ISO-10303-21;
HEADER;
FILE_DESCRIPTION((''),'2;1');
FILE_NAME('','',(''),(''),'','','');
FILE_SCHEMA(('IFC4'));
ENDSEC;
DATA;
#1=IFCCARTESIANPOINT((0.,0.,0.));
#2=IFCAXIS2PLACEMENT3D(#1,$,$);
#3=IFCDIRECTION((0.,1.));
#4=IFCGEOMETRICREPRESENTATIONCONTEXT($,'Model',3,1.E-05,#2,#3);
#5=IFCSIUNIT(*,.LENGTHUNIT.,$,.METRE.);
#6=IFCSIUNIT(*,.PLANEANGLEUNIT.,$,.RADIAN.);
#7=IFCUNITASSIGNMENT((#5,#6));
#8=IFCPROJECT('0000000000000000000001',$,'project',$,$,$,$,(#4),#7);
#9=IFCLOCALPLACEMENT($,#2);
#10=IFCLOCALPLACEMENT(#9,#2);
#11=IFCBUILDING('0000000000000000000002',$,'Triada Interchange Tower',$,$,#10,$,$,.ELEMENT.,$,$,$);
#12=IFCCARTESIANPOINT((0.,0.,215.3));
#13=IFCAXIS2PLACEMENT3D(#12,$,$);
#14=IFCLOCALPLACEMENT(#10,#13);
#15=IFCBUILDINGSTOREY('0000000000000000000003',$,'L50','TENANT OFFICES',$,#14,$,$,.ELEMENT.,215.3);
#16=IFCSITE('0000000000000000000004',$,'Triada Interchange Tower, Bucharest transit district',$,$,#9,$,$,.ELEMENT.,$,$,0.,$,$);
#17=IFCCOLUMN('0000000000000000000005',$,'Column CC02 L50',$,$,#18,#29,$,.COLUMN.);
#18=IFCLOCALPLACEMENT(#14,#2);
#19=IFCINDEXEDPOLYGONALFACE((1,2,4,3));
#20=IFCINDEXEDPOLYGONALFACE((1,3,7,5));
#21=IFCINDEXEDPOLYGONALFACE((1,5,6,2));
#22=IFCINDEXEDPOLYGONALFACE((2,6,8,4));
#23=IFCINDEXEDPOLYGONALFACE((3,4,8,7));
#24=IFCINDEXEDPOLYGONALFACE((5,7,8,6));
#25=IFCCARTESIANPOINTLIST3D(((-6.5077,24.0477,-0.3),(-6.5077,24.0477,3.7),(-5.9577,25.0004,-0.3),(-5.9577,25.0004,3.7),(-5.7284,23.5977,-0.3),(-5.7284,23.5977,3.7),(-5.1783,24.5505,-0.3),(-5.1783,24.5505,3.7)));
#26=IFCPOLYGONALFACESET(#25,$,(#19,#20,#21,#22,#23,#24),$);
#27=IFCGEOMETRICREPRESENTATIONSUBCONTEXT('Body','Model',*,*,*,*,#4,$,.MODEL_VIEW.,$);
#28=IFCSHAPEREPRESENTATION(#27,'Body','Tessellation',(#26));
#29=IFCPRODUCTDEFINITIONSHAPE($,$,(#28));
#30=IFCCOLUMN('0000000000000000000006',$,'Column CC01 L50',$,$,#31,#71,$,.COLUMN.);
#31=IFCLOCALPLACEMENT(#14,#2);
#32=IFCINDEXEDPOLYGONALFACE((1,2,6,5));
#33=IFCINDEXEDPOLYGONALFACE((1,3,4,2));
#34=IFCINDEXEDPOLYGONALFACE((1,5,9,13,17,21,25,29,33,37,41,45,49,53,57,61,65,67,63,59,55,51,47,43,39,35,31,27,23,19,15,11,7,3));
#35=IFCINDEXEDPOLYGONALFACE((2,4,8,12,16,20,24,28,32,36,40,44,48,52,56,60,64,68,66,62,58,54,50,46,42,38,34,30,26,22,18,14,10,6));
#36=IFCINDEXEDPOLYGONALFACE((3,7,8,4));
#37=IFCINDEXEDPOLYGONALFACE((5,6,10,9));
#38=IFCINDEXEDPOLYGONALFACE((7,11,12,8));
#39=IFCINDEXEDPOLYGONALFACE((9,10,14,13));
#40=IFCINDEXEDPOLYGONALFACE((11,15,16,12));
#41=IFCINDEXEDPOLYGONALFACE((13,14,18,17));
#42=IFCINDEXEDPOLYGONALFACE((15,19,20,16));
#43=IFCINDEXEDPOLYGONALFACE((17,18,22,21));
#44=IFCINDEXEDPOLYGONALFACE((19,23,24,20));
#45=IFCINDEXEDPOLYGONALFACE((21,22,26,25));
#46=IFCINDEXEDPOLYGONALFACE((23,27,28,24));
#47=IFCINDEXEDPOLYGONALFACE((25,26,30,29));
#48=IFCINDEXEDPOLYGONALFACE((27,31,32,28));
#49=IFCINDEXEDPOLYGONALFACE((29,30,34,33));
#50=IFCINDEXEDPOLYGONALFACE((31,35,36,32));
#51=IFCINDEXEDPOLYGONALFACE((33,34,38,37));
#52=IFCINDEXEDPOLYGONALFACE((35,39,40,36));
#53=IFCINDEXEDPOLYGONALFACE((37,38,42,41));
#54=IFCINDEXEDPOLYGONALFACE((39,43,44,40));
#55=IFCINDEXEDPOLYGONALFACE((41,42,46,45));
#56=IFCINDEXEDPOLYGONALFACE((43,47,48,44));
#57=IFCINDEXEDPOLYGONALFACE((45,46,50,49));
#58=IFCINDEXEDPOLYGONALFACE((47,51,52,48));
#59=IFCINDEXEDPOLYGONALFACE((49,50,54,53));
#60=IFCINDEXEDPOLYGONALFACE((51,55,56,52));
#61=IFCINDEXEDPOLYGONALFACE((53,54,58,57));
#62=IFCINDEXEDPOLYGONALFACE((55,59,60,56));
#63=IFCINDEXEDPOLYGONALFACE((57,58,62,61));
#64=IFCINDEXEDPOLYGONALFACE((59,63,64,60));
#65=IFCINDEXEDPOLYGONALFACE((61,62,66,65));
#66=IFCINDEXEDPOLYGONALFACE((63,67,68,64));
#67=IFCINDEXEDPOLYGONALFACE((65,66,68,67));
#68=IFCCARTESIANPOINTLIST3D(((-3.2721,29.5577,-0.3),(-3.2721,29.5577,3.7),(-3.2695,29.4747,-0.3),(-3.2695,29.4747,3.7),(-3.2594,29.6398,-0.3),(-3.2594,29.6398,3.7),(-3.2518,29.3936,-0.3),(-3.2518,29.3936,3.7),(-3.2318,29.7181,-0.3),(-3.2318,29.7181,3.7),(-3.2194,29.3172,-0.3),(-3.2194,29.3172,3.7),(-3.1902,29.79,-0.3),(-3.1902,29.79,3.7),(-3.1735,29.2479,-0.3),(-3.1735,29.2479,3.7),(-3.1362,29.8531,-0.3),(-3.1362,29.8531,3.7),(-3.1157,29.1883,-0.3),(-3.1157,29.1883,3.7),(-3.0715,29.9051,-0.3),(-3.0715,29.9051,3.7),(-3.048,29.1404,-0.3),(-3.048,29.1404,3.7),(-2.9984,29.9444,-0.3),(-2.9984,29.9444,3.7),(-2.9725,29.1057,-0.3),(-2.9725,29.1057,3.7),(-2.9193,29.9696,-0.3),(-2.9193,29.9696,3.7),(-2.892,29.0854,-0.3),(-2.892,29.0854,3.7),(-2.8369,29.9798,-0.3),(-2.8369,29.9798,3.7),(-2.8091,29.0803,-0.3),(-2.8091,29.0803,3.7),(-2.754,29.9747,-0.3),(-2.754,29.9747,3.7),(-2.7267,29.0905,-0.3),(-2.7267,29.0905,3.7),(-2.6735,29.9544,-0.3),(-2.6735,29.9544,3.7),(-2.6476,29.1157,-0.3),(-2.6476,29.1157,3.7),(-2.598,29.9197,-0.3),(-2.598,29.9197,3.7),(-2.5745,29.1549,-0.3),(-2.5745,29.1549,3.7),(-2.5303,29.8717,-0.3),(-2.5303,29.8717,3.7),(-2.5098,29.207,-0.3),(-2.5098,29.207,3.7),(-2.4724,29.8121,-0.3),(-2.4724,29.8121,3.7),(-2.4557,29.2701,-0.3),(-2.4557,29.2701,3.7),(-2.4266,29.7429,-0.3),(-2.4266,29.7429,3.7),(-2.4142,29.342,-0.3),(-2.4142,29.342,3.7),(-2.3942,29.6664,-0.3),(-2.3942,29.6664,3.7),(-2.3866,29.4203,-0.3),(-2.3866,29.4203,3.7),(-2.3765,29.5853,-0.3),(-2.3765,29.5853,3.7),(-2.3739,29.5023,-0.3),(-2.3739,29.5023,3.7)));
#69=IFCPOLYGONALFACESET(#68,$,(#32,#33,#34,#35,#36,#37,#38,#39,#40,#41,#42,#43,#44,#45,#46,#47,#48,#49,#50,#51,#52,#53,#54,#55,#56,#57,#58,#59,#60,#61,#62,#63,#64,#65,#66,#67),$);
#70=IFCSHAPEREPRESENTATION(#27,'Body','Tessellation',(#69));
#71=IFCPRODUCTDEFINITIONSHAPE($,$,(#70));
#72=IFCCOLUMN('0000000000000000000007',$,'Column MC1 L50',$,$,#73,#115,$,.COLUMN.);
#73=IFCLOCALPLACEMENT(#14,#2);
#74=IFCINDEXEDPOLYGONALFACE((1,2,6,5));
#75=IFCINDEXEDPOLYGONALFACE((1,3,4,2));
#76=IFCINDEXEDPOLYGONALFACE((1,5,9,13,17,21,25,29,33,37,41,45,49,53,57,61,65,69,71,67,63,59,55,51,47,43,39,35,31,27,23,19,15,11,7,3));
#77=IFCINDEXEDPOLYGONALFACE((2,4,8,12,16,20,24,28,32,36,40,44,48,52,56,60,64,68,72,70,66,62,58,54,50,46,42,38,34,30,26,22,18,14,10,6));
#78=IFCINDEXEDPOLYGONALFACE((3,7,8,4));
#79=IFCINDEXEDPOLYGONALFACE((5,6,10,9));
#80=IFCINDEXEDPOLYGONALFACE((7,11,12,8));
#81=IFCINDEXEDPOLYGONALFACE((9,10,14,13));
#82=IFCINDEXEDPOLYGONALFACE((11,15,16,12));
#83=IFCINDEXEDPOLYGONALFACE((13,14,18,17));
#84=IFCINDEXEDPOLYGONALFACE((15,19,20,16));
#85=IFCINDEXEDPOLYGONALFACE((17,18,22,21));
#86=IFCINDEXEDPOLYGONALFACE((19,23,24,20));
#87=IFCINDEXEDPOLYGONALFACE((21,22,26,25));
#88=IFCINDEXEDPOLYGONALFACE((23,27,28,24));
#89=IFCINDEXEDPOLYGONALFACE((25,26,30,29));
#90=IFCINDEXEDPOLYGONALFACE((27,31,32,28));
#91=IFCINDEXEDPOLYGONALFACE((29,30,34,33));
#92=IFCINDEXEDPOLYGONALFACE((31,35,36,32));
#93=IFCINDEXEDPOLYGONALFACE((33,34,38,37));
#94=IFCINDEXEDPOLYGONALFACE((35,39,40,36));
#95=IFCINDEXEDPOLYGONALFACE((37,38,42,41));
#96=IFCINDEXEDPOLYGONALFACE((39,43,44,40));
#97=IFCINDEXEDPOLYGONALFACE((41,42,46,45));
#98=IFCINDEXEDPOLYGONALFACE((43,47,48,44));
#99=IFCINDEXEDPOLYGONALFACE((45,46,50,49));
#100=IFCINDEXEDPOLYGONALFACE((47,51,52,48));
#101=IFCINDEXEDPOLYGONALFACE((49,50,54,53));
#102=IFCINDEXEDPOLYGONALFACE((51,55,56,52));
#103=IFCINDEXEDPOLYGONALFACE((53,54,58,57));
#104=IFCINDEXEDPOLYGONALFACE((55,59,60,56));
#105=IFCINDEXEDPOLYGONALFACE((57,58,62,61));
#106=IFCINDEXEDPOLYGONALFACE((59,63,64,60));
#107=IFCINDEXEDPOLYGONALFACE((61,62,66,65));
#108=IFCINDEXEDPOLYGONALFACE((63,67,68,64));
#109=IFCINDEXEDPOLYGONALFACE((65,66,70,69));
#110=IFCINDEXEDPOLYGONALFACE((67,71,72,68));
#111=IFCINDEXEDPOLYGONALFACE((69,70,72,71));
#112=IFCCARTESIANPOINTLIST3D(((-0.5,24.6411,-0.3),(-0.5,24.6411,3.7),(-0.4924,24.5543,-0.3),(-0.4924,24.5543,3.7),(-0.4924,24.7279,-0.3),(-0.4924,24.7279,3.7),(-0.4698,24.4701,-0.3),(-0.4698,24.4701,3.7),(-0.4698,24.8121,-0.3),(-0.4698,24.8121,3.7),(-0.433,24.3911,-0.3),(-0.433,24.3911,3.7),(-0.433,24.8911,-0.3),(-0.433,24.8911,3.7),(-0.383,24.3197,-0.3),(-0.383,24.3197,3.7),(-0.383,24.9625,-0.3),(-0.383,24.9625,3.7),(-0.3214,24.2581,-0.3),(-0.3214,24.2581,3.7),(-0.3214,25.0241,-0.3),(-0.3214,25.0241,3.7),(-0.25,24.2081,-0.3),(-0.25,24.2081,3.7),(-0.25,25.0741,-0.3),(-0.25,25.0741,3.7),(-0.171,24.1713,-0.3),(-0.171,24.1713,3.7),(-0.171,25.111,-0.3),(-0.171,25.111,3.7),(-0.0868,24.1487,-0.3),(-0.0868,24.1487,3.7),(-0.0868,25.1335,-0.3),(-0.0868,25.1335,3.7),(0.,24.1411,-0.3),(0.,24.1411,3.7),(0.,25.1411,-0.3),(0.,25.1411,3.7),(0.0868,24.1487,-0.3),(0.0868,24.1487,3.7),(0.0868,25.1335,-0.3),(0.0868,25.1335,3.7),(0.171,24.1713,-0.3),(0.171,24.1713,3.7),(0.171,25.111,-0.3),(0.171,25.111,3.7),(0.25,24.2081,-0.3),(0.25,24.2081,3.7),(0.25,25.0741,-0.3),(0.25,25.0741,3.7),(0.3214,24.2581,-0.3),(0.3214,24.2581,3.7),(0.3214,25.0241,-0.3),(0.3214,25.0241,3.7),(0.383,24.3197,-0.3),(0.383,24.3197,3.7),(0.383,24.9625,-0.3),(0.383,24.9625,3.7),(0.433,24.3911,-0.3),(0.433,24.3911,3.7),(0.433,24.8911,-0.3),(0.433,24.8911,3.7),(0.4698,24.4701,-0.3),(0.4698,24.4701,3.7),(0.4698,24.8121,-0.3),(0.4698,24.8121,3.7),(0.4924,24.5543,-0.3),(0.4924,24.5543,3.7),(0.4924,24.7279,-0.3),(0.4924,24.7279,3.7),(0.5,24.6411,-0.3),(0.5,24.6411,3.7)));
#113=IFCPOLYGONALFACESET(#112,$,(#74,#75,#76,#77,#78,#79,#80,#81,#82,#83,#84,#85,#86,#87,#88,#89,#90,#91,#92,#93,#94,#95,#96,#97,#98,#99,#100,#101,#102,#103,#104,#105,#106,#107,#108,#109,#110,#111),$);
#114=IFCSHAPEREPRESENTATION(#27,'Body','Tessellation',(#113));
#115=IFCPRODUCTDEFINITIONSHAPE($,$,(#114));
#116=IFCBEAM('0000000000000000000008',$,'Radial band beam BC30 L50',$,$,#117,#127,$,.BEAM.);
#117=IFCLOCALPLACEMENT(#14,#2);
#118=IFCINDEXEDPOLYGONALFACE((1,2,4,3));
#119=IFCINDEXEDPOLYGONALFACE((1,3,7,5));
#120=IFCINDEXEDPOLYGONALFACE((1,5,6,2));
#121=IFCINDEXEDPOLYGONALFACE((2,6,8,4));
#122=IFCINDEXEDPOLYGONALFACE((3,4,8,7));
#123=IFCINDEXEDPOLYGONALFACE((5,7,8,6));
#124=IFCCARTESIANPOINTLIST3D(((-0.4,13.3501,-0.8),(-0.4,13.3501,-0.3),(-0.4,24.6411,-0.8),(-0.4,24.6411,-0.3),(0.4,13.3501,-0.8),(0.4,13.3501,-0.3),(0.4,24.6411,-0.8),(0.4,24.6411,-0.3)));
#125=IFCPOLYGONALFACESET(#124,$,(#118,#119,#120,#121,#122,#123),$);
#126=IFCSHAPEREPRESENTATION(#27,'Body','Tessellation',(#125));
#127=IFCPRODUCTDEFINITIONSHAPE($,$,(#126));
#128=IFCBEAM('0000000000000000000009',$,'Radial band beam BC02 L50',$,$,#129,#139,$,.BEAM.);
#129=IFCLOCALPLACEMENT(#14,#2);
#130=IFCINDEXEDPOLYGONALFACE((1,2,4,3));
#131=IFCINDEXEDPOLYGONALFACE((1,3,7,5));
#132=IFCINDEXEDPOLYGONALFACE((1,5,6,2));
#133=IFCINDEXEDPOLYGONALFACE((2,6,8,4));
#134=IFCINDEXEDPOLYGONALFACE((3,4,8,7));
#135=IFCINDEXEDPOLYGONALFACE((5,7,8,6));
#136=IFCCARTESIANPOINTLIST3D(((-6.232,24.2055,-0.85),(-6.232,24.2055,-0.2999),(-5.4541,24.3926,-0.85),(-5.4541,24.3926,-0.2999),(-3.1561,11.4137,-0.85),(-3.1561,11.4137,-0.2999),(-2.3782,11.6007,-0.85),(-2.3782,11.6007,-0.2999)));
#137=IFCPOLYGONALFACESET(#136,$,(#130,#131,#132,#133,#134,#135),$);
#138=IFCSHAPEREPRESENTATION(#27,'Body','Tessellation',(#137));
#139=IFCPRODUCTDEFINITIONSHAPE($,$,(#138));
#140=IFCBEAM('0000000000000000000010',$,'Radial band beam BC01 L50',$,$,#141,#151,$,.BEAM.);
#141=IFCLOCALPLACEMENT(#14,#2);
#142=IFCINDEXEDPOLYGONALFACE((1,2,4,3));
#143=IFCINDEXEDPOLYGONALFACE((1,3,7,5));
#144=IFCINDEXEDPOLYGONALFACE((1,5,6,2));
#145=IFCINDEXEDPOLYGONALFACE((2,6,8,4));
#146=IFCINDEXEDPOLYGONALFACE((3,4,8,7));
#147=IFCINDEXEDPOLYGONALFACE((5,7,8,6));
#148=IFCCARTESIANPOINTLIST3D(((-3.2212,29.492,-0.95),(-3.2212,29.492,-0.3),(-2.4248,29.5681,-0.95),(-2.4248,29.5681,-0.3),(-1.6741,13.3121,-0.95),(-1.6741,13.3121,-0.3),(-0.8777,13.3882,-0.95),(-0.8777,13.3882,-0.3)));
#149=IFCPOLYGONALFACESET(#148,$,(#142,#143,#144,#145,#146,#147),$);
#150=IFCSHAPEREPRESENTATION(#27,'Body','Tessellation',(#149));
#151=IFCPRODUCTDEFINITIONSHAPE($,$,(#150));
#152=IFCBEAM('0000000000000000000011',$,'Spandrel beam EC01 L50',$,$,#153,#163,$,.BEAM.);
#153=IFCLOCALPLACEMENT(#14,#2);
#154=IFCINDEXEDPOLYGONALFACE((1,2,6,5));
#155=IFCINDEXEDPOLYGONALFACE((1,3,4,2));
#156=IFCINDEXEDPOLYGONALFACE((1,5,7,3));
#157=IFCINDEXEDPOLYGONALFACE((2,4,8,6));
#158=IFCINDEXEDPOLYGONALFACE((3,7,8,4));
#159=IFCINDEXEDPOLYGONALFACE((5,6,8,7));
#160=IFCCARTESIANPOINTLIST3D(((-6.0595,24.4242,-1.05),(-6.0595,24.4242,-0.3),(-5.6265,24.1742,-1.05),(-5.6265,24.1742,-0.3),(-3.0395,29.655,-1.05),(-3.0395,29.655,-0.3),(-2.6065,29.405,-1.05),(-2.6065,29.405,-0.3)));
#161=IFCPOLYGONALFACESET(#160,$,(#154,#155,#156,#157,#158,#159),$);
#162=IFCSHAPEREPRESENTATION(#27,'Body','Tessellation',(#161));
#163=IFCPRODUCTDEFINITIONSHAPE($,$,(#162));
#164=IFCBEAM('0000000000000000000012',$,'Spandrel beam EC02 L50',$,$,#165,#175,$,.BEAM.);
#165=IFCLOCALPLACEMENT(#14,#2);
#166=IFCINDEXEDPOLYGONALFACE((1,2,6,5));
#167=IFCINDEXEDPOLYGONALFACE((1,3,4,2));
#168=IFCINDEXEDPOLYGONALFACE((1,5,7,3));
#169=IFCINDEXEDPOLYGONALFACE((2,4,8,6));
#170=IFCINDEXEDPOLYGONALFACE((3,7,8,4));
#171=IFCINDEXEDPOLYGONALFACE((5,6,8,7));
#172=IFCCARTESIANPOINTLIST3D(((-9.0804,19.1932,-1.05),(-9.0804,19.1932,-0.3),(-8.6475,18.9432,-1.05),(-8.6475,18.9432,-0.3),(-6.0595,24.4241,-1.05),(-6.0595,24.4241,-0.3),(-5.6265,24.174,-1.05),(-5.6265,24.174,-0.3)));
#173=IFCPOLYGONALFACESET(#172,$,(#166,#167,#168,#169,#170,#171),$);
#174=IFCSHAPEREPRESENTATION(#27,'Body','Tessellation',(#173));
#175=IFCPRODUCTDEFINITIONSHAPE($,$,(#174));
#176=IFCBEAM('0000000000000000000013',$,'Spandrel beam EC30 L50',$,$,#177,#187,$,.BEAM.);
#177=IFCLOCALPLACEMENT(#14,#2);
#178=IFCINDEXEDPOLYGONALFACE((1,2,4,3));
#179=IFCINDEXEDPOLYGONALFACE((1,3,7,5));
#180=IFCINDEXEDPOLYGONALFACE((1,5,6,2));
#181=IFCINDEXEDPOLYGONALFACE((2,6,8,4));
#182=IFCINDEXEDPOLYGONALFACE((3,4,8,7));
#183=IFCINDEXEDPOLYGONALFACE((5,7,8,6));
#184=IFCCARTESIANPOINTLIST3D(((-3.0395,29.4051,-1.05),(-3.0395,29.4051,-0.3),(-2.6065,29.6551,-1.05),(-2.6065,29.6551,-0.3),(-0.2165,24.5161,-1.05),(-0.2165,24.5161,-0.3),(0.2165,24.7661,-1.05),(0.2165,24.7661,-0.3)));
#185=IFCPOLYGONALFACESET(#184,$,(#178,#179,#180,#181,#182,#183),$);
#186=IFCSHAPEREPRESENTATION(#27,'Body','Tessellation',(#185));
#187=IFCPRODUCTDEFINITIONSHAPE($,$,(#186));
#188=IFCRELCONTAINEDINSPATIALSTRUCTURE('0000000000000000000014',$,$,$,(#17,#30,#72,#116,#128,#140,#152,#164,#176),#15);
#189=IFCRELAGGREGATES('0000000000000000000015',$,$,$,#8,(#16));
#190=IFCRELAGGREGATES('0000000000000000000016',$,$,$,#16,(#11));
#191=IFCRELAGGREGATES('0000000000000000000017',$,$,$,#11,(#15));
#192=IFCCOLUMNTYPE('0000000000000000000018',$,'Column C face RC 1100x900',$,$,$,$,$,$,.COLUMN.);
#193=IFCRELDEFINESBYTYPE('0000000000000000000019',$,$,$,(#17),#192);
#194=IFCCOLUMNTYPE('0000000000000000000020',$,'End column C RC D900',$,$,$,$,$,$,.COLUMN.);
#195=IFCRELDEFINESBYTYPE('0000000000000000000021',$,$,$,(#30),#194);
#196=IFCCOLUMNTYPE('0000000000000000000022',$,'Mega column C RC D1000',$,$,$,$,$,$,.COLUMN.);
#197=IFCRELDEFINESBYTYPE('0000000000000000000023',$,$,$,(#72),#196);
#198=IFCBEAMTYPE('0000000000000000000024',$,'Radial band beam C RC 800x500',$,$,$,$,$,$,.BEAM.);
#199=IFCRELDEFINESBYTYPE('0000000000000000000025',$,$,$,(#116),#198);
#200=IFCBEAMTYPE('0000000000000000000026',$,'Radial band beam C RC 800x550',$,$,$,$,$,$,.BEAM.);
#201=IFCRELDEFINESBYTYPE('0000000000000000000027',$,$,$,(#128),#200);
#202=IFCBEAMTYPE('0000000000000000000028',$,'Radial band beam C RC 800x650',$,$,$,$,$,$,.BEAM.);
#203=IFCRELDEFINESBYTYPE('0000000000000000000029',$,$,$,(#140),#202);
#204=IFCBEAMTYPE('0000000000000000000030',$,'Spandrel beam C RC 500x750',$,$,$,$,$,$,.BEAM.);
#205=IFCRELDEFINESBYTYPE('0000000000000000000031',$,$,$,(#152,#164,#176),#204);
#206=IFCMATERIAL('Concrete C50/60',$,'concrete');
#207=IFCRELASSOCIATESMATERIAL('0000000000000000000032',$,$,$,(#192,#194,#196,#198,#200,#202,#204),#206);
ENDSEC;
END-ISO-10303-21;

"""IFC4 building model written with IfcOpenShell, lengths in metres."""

from ifc_helpers import new_model, si_unit, direction, frame, origin, origin_2d, place, context, subcontext, project, spatial, rectangle, circle, extrude, material, material_profile, profile_set, type_object, element, save


model = new_model("IFC4")

# Units and contexts
model_context = context("Model", 3, precision=1e-05, world=origin(), true_north=direction((0.0, 1.0)))
body_context = subcontext(model_context, "Body", "Model", "MODEL_VIEW")
ifc_project = project(units=[si_unit("LENGTHUNIT", "METRE"), si_unit("PLANEANGLEUNIT", "RADIAN")], contexts=[model_context])

# Site, building, storey
site_placement = place(None, origin())
site = spatial("IfcSite", under=ifc_project, at=site_placement, Name="Triada Interchange Tower, Bucharest transit district", CompositionType="ELEMENT", RefElevation=0.0)
building_placement = place(site_placement, origin())
building = spatial("IfcBuilding", under=site, at=building_placement, Name="Triada Interchange Tower", CompositionType="ELEMENT")
storey_placement = place(building_placement, frame((0.0, 0.0, 215.3)))
storey = spatial("IfcBuildingStorey", under=building, at=storey_placement, Name="L50", Description="TENANT OFFICES", CompositionType="ELEMENT", Elevation=215.3)

# Columns
ifc_material_1 = material(Name="Concrete C50/60", Category="concrete")
ifc_material_profile_1 = material_profile(ifc_material_1, rectangle(XDim=1.1001, YDim=0.8999, at=origin_2d()), Name="RC 1100x900")
ifc_profile_set_1 = profile_set([ifc_material_profile_1], Name="Concrete C50/60")
column_type_1 = type_object("IfcColumnType", Name="Column C face RC 1100x900", PredefinedType="COLUMN", material=ifc_profile_set_1)
column_1_placement = place(storey_placement, frame((-5.843, 24.2991, -0.3), z_axis=(0.0, 0.0, 1.0), x_axis=(0.5, 0.866025, 0.0)))
element("IfcColumn", 1, at=column_1_placement, inside=storey, type_object=column_type_1, Name="Column CC02 L50", PredefinedType="COLUMN", context=body_context, shape_type="SweptSolid", body=[
    extrude(rectangle(XDim=1.1001, YDim=0.8999, at=origin_2d()), origin(), (0.0, 0.0, 1.0), 4.0),
])
ifc_material_profile_2 = material_profile(ifc_material_1, circle(Radius=0.45, at=origin_2d()), Name="RC D900")
ifc_profile_set_2 = profile_set([ifc_material_profile_2], Name="Concrete C50/60")
column_type_2 = type_object("IfcColumnType", Name="End column C RC D900", PredefinedType="COLUMN", material=ifc_profile_set_2)
column_2_placement = place(storey_placement, frame((-2.823, 29.53, -0.3), z_axis=(0.0, 0.0, 1.0), x_axis=(0.5, 0.866025, 0.0)))
element("IfcColumn", 2, at=column_2_placement, inside=storey, type_object=column_type_2, Name="Column CC01 L50", PredefinedType="COLUMN", context=body_context, shape_type="SweptSolid", body=[
    extrude(circle(Radius=0.45, at=origin_2d()), origin(), (0.0, 0.0, 1.0), 4.0),
])
ifc_material_profile_3 = material_profile(ifc_material_1, circle(Radius=0.5, at=origin_2d()), Name="RC D1000")
ifc_profile_set_3 = profile_set([ifc_material_profile_3], Name="Concrete C50/60")
column_type_3 = type_object("IfcColumnType", Name="Mega column C RC D1000", PredefinedType="COLUMN", material=ifc_profile_set_3)
column_3_placement = place(storey_placement, frame((0.0, 24.6411, -0.3), z_axis=(0.0, 0.0, 1.0), x_axis=(1.0, 0.0, 0.0)))
element("IfcColumn", 3, at=column_3_placement, inside=storey, type_object=column_type_3, Name="Column MC1 L50", PredefinedType="COLUMN", context=body_context, shape_type="SweptSolid", body=[
    extrude(circle(Radius=0.5, at=origin_2d()), origin(), (0.0, 0.0, 1.0), 4.0),
])

# Beams
ifc_material_profile_4 = material_profile(ifc_material_1, rectangle(XDim=0.8, YDim=0.5, at=origin_2d()), Name="RC 800x500")
ifc_profile_set_4 = profile_set([ifc_material_profile_4], Name="Concrete C50/60")
beam_type_1 = type_object("IfcBeamType", Name="Radial band beam C RC 800x500", PredefinedType="BEAM", material=ifc_profile_set_4)
beam_1_placement = place(storey_placement, frame((0.0, 24.6411, -0.55), z_axis=(0.0, -1.0, 0.0), x_axis=(1.0, 0.0, 0.0)))
element("IfcBeam", 4, at=beam_1_placement, inside=storey, type_object=beam_type_1, Name="Radial band beam BC30 L50", PredefinedType="BEAM", context=body_context, shape_type="SweptSolid", body=[
    extrude(rectangle(XDim=0.8, YDim=0.5, at=origin_2d()), origin(), (0.0, 0.0, 1.0), 11.291),
])
ifc_material_profile_5 = material_profile(ifc_material_1, rectangle(XDim=0.8, YDim=0.55, at=origin_2d()), Name="RC 800x550")
ifc_profile_set_5 = profile_set([ifc_material_profile_5], Name="Concrete C50/60")
beam_type_2 = type_object("IfcBeamType", Name="Radial band beam C RC 800x550", PredefinedType="BEAM", material=ifc_profile_set_5)
beam_2_placement = place(storey_placement, frame((-5.843, 24.2991, -0.575), z_axis=(0.233793, -0.972286, 0.0), x_axis=(0.972286, 0.233793, 0.0)))
element("IfcBeam", 5, at=beam_2_placement, inside=storey, type_object=beam_type_2, Name="Radial band beam BC02 L50", PredefinedType="BEAM", context=body_context, shape_type="SweptSolid", body=[
    extrude(rectangle(XDim=0.8, YDim=0.55, at=origin_2d()), origin(), (0.0, 0.0, 1.0), 13.1565),
])
ifc_material_profile_6 = material_profile(ifc_material_1, rectangle(XDim=0.8, YDim=0.6499, at=origin_2d()), Name="RC 800x650")
ifc_profile_set_6 = profile_set([ifc_material_profile_6], Name="Concrete C50/60")
beam_type_3 = type_object("IfcBeamType", Name="Radial band beam C RC 800x650", PredefinedType="BEAM", material=ifc_profile_set_6)
beam_3_placement = place(storey_placement, frame((-2.823, 29.53, -0.625), z_axis=(0.095185, -0.99546, 0.0), x_axis=(0.99546, 0.095185, 0.0)))
element("IfcBeam", 6, at=beam_3_placement, inside=storey, type_object=beam_type_3, Name="Radial band beam BC01 L50", PredefinedType="BEAM", context=body_context, shape_type="SweptSolid", body=[
    extrude(rectangle(XDim=0.8, YDim=0.6499, at=origin_2d()), origin(), (0.0, 0.0, 1.0), 16.2537),
])
ifc_material_profile_7 = material_profile(ifc_material_1, rectangle(XDim=0.5, YDim=0.75, at=origin_2d()), Name="RC 500x750")
ifc_profile_set_7 = profile_set([ifc_material_profile_7], Name="Concrete C50/60")
beam_type_4 = type_object("IfcBeamType", Name="Spandrel beam C RC 500x750", PredefinedType="BEAM", material=ifc_profile_set_7)
beam_4_placement = place(storey_placement, frame((-2.823, 29.53, -0.675), z_axis=(-0.499991, -0.866031, 0.0), x_axis=(0.866031, -0.499991, 0.0)))
element("IfcBeam", 7, at=beam_4_placement, inside=storey, type_object=beam_type_4, Name="Spandrel beam EC01 L50", PredefinedType="BEAM", context=body_context, shape_type="SweptSolid", body=[
    extrude(rectangle(XDim=0.5, YDim=0.75, at=origin_2d()), origin(), (0.0, 0.0, 1.0), 6.04),
])
beam_5_placement = place(storey_placement, frame((-5.843, 24.2991, -0.675), z_axis=(-0.500112, -0.865961, 0.0), x_axis=(0.865961, -0.500112, 0.0)))
element("IfcBeam", 8, at=beam_5_placement, inside=storey, type_object=beam_type_4, Name="Spandrel beam EC02 L50", PredefinedType="BEAM", context=body_context, shape_type="SweptSolid", body=[
    extrude(rectangle(XDim=0.5, YDim=0.75, at=origin_2d()), origin(), (0.0, 0.0, 1.0), 6.0405),
])
beam_6_placement = place(storey_placement, frame((0.0, 24.6411, -0.675), z_axis=(-0.500051, 0.865996, 0.0), x_axis=(-0.865996, -0.500051, 0.0)))
element("IfcBeam", 9, at=beam_6_placement, inside=storey, type_object=beam_type_4, Name="Spandrel beam EC30 L50", PredefinedType="BEAM", context=body_context, shape_type="SweptSolid", body=[
    extrude(rectangle(XDim=0.5, YDim=0.75, at=origin_2d()), origin(), (0.0, 0.0, 1.0), 5.6455),
])

save(model, "model.ifc")
